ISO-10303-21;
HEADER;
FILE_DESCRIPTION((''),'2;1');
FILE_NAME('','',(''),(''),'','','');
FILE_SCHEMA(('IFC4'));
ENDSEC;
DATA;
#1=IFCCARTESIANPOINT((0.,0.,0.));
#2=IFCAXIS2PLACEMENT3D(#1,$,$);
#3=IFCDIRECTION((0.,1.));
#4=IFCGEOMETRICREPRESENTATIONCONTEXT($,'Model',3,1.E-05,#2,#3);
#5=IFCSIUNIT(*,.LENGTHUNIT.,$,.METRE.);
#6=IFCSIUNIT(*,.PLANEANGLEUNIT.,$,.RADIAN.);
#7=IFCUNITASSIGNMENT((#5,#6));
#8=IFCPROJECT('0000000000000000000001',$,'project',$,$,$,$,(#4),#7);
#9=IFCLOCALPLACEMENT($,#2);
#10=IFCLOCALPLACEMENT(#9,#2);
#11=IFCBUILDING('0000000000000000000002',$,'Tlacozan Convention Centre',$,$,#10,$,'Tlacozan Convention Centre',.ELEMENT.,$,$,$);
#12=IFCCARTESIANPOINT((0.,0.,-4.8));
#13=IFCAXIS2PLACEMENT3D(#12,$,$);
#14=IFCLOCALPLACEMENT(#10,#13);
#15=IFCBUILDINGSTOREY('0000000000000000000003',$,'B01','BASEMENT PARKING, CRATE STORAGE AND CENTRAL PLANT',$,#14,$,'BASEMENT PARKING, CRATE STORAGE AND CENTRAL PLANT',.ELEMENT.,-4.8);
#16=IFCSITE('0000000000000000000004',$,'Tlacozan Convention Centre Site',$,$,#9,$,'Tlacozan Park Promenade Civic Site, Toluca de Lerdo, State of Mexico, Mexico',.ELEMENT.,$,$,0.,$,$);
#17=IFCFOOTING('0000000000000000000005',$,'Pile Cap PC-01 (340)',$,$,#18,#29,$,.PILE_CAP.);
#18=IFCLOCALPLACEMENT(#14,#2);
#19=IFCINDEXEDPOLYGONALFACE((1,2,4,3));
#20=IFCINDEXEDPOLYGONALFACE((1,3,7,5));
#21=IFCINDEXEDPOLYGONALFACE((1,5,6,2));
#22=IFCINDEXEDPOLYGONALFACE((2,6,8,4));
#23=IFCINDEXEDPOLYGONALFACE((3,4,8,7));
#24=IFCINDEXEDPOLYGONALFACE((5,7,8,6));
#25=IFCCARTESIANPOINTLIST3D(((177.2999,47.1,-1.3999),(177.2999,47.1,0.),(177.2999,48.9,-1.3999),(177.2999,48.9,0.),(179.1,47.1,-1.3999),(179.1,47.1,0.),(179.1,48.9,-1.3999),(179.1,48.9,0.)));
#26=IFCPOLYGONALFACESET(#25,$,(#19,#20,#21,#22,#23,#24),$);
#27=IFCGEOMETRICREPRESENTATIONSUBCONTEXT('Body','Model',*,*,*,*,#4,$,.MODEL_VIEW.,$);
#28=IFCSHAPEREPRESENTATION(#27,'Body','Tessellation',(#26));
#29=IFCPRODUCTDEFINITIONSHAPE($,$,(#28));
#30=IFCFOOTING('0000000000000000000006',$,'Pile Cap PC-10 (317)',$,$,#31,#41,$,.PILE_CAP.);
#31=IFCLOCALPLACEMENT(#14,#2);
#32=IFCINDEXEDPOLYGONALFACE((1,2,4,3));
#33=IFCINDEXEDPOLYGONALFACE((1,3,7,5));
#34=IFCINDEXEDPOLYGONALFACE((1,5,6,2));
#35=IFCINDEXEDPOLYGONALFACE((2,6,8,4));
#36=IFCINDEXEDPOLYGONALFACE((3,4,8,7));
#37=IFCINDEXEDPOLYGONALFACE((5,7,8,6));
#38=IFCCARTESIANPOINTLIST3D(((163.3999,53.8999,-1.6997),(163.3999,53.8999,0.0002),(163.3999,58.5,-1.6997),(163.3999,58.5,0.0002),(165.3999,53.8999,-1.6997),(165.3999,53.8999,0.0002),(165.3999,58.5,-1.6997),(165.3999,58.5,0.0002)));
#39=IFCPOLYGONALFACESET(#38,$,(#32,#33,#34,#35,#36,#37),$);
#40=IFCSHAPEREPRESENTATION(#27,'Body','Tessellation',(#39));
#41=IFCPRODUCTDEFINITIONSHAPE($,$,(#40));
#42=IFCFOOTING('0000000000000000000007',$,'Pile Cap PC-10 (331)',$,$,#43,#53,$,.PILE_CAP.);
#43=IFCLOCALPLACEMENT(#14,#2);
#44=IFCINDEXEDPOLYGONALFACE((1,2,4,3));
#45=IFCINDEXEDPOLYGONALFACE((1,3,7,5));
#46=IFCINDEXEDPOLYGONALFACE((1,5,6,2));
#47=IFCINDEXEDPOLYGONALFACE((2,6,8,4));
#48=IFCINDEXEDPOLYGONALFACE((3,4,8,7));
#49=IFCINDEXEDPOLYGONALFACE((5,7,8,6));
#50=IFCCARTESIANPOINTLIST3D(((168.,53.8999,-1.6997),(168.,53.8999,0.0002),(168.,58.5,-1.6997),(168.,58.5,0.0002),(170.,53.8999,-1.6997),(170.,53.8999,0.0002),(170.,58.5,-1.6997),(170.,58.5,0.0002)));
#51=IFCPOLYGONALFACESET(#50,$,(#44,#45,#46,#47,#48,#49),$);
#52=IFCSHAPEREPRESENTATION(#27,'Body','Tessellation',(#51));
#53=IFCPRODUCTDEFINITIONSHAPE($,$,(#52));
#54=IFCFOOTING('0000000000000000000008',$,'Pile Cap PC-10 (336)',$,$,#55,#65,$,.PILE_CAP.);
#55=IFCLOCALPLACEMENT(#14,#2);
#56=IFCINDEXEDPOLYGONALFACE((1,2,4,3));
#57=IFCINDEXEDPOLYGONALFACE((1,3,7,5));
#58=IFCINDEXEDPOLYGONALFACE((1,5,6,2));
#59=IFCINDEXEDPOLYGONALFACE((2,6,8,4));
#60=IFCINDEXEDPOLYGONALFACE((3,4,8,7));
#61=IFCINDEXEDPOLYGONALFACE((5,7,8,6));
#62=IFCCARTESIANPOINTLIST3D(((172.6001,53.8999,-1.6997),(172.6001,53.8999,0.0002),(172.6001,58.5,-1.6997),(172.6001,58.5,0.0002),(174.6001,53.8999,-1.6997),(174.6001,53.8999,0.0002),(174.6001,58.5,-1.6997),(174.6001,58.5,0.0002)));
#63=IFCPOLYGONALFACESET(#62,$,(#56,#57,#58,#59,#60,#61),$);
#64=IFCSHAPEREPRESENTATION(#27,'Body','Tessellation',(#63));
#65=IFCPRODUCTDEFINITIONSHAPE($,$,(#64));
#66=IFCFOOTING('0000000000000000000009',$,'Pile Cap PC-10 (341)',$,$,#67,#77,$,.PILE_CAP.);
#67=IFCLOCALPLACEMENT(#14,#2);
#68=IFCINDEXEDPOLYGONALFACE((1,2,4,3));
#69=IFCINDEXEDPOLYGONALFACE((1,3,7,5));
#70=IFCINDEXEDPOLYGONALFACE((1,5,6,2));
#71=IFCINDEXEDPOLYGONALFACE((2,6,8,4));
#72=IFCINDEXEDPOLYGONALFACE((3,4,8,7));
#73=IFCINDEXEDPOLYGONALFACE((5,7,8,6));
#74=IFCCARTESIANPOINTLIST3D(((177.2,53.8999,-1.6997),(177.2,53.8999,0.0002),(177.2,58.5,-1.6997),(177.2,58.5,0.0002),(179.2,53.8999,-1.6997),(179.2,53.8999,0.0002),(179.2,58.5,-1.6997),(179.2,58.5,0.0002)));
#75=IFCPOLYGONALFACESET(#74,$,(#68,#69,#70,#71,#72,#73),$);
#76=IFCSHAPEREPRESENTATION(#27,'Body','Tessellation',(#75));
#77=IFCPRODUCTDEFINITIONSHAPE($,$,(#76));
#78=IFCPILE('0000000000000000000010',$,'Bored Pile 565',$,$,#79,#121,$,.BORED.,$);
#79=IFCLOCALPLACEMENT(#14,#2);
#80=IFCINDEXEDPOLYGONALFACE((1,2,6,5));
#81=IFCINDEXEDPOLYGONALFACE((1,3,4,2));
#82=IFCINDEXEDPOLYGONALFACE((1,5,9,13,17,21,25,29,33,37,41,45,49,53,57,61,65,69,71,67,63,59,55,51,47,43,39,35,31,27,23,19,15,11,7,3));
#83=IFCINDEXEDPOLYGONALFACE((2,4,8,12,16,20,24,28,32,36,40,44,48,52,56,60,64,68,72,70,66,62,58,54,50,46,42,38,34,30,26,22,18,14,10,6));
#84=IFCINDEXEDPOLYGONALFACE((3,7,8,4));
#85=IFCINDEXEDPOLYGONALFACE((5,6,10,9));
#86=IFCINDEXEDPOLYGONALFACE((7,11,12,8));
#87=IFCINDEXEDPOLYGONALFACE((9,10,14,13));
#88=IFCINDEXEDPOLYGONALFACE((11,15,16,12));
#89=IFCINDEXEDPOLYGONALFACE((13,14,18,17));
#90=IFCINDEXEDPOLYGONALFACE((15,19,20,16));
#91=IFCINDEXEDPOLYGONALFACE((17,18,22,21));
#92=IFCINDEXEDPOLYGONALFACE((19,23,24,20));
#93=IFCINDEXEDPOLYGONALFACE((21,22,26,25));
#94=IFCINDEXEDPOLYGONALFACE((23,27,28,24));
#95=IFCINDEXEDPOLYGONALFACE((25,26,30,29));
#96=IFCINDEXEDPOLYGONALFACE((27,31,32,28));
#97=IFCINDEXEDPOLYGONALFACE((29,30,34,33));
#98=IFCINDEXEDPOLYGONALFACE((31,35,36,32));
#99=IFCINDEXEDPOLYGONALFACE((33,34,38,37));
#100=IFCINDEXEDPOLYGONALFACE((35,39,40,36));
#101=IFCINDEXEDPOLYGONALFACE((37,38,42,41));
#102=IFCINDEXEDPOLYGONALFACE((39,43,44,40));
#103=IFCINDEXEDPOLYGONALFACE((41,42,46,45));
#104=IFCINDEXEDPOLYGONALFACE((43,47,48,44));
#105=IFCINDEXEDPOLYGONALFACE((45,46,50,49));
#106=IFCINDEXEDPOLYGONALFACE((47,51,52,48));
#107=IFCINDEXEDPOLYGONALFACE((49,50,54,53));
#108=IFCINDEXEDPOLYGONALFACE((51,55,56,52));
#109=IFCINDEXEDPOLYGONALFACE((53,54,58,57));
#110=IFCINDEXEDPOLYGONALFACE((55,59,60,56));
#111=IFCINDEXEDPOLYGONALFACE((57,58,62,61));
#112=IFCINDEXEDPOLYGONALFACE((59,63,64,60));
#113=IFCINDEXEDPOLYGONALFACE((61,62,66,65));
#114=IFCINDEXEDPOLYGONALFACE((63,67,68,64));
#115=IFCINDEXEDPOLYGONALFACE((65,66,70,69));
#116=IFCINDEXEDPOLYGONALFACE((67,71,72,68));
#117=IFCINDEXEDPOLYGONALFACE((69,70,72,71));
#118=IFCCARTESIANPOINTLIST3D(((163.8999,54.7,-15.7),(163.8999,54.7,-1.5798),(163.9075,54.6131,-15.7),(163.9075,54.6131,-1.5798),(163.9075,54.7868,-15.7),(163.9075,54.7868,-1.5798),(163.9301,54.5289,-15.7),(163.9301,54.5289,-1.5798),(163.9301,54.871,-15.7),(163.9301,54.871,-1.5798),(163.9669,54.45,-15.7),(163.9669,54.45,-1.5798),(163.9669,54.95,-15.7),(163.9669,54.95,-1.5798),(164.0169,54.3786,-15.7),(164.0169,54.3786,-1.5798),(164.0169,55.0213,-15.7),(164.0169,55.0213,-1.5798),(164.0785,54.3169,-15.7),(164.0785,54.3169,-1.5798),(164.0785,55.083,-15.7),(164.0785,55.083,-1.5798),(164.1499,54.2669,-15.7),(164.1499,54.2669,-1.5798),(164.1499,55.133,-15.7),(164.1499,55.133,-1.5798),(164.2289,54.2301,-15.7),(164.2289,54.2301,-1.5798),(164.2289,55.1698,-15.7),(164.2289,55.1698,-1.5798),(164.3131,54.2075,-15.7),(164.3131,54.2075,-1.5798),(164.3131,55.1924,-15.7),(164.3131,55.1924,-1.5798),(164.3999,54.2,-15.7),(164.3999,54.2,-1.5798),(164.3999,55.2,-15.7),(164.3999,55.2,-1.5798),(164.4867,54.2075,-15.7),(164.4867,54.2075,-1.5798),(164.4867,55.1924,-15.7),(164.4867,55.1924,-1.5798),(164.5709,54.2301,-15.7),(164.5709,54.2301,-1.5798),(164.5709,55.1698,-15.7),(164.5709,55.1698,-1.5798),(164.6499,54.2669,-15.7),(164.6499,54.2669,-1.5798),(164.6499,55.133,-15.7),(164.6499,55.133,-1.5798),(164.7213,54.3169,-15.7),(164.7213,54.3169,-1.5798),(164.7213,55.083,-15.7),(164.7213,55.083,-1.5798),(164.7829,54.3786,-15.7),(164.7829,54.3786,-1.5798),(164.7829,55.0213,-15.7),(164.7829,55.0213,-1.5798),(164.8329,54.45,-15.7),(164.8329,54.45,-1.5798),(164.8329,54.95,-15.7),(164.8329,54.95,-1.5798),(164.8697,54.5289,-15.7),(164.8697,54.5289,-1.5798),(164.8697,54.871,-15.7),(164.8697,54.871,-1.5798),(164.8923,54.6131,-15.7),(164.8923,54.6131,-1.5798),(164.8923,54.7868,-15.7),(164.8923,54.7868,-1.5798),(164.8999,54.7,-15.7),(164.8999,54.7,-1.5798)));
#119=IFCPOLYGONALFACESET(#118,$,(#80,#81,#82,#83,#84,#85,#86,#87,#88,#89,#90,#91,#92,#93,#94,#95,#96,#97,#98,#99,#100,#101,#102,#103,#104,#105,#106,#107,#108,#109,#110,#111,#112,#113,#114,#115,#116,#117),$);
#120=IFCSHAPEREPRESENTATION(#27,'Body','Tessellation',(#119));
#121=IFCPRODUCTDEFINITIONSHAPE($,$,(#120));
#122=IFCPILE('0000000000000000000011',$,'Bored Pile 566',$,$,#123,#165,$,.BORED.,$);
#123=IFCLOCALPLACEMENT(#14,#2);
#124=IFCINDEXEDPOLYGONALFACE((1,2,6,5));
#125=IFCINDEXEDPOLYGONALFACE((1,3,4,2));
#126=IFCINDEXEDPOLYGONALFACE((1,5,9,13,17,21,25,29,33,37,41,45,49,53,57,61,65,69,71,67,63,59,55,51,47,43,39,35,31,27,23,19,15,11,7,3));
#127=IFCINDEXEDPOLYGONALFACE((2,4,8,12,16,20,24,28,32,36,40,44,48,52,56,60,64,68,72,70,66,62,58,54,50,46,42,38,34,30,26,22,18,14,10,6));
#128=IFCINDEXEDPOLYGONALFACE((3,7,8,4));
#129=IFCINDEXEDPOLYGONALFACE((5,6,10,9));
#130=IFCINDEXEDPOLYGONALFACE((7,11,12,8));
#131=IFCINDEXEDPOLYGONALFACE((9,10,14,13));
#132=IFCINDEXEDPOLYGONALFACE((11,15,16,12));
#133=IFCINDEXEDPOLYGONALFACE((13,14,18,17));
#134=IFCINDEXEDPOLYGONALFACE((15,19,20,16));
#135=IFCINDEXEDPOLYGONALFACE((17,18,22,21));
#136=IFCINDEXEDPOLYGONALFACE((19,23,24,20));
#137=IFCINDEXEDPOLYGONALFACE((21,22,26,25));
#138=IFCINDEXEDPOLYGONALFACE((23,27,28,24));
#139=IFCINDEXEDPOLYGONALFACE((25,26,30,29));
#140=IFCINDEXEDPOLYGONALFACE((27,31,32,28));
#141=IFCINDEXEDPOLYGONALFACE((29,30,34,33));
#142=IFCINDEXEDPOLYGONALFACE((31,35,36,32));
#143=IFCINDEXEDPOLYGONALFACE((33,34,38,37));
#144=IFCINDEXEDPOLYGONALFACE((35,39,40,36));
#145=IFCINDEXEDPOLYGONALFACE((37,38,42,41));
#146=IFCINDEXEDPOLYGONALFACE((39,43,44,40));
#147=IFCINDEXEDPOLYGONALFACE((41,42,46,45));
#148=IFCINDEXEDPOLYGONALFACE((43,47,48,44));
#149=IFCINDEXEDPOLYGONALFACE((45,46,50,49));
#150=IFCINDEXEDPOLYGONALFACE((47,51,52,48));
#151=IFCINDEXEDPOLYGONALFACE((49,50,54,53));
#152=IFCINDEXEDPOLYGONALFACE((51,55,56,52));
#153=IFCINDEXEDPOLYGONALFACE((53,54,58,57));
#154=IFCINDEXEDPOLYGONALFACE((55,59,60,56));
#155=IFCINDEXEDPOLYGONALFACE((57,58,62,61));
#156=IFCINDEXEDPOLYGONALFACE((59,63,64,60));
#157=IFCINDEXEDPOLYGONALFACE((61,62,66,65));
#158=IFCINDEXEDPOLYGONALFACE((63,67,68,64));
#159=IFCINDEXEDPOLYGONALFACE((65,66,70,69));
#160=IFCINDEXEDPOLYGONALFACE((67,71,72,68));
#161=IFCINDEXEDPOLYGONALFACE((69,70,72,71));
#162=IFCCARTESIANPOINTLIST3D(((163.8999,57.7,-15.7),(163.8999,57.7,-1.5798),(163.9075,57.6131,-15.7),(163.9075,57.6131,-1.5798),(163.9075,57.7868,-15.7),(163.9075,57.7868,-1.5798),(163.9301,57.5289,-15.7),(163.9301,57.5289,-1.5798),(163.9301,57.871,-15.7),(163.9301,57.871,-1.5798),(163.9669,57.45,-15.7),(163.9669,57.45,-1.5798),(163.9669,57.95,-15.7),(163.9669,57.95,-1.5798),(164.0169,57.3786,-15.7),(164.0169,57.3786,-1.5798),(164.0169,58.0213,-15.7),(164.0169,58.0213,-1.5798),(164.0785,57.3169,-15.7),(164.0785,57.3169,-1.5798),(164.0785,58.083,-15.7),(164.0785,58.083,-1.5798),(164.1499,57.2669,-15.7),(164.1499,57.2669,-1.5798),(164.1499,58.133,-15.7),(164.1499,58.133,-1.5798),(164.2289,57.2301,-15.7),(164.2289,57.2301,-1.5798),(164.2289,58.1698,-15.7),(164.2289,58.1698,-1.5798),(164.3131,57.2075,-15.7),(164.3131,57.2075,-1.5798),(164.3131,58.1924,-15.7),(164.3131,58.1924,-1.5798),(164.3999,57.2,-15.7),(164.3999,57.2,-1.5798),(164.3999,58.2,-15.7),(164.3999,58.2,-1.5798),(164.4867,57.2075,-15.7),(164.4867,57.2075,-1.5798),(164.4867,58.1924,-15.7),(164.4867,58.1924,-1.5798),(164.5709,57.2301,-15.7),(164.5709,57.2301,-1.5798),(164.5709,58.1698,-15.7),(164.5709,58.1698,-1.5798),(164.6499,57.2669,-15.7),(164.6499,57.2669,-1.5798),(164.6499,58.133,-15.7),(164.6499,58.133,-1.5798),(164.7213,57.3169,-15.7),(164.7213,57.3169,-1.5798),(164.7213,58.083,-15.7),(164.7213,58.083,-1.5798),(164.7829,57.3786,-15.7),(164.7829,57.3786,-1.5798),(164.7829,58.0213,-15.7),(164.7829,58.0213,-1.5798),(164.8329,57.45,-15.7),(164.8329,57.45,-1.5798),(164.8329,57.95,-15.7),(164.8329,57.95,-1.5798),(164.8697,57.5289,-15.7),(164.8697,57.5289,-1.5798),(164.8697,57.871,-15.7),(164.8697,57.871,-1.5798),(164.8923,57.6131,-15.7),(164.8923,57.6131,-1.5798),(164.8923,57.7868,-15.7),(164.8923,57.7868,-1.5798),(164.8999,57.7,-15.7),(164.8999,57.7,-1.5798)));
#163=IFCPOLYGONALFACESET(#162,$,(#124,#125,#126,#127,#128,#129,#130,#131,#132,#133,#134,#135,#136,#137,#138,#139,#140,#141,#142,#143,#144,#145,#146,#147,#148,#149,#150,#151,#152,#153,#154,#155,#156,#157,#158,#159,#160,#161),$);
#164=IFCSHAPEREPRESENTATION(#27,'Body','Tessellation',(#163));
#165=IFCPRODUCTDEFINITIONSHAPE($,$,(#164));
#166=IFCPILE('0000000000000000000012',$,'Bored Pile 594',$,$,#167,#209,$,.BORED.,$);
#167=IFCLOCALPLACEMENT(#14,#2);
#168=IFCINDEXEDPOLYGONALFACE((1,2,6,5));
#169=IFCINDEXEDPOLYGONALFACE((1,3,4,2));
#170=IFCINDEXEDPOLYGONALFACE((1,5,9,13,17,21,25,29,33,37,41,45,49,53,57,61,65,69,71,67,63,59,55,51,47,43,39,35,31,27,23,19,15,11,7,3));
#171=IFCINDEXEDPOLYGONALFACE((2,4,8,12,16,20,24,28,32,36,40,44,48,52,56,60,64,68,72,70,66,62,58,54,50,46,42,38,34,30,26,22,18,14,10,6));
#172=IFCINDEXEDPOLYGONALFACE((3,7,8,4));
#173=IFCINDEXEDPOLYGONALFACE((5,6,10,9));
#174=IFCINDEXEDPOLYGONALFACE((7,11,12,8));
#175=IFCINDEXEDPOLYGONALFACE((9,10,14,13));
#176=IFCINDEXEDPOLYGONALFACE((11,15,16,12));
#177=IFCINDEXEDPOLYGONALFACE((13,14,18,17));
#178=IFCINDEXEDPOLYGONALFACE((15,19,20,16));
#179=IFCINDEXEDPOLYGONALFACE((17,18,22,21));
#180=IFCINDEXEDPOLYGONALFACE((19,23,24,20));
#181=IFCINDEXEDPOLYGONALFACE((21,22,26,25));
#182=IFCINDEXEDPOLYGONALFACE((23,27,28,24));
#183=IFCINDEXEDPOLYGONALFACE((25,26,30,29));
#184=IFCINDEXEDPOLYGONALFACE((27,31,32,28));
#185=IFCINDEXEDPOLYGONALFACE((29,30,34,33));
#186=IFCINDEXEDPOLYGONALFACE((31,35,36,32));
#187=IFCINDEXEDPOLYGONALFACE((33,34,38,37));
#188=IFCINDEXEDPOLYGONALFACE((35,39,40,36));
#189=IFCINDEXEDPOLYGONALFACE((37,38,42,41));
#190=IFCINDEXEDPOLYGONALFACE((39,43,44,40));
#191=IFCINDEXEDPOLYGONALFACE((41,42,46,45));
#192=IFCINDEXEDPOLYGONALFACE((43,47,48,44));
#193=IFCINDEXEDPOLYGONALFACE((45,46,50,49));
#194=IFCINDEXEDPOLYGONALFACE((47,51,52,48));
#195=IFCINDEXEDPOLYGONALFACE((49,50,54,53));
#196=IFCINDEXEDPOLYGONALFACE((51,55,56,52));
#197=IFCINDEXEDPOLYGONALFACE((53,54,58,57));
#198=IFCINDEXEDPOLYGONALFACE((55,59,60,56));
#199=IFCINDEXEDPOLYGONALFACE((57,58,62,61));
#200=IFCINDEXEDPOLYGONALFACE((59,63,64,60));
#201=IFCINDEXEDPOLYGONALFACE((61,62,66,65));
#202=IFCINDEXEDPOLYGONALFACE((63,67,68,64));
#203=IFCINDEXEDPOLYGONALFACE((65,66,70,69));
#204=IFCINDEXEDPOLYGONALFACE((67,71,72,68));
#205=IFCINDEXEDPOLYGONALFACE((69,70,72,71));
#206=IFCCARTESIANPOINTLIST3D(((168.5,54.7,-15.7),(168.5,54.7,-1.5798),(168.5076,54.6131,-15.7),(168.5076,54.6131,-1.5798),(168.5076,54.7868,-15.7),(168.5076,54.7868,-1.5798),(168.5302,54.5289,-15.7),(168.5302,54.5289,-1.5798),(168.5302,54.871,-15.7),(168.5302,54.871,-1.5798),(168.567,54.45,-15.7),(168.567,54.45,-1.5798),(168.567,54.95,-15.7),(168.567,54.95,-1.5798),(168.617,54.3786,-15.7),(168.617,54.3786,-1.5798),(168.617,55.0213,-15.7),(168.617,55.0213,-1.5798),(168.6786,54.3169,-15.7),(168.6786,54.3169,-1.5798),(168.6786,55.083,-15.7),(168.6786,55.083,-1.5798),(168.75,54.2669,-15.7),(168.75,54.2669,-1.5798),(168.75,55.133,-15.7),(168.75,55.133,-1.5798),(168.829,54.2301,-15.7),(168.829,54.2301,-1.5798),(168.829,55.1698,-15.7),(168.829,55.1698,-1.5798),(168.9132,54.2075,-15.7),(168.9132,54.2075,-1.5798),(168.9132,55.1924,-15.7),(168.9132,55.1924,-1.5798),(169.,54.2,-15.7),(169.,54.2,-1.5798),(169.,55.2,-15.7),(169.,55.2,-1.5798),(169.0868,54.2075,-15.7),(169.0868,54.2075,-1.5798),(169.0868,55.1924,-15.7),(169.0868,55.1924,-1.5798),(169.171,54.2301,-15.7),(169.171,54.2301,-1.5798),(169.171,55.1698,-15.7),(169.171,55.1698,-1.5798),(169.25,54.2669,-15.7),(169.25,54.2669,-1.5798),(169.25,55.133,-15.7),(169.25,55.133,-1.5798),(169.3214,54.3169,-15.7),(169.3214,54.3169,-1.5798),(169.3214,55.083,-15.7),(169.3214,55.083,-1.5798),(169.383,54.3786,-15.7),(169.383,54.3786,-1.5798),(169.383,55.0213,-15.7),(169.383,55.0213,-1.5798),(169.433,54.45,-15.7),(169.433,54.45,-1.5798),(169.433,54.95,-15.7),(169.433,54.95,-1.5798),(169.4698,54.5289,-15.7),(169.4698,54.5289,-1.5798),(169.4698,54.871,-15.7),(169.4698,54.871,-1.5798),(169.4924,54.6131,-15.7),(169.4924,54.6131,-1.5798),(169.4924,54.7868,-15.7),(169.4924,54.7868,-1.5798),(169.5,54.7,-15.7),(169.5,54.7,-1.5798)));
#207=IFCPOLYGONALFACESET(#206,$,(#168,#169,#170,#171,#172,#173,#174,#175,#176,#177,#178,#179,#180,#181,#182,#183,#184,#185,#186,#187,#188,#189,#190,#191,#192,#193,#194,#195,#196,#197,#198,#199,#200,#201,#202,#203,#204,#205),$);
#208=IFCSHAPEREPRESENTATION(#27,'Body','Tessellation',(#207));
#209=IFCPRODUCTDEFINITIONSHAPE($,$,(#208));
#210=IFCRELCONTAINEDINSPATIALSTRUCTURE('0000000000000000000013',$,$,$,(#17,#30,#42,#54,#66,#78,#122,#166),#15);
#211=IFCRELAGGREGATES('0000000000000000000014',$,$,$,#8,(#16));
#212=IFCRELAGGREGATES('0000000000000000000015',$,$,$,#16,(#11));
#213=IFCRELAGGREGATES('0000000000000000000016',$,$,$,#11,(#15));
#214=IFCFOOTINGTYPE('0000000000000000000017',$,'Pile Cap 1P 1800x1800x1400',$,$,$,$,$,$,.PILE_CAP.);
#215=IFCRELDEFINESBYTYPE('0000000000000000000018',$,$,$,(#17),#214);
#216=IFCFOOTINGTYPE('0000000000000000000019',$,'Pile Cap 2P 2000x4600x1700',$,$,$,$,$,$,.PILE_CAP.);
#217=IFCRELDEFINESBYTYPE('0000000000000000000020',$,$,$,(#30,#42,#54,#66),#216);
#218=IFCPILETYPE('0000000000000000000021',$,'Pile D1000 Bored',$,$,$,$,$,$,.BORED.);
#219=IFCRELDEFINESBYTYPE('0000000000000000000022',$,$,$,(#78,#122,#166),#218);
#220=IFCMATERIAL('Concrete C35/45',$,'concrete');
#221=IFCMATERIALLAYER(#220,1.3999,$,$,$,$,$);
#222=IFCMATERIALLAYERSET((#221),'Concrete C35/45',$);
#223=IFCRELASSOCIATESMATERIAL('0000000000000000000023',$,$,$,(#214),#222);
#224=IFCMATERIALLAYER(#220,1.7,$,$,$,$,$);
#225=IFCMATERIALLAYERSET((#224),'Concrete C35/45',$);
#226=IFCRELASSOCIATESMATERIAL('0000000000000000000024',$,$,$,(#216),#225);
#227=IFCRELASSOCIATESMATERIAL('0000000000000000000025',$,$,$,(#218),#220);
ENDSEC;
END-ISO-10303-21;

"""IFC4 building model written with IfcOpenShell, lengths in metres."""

from ifc_helpers import new_model, si_unit, direction, frame, origin, origin_2d, place, context, subcontext, project, spatial, rectangle, circle, extrude, material, layer, layer_set, material_profile, profile_set, type_object, element, save


model = new_model("IFC4")

# Units and contexts
model_context = context("Model", 3, precision=1e-05, world=origin(), true_north=direction((0.0, 1.0)))
body_context = subcontext(model_context, "Body", "Model", "MODEL_VIEW")
ifc_project = project(units=[si_unit("LENGTHUNIT", "METRE"), si_unit("PLANEANGLEUNIT", "RADIAN")], contexts=[model_context])

# Site, building, storey
site_placement = place(None, origin())
site = spatial("IfcSite", under=ifc_project, at=site_placement, Name="Tlacozan Convention Centre Site", LongName="Tlacozan Park Promenade Civic Site, Toluca de Lerdo, State of Mexico, Mexico", CompositionType="ELEMENT", RefElevation=0.0)
building_placement = place(site_placement, origin())
building = spatial("IfcBuilding", under=site, at=building_placement, Name="Tlacozan Convention Centre", LongName="Tlacozan Convention Centre", CompositionType="ELEMENT")
storey_placement = place(building_placement, frame((0.0, 0.0, -4.8)))
storey = spatial("IfcBuildingStorey", under=building, at=storey_placement, Name="B01", Description="BASEMENT PARKING, CRATE STORAGE AND CENTRAL PLANT", LongName="BASEMENT PARKING, CRATE STORAGE AND CENTRAL PLANT", CompositionType="ELEMENT", Elevation=-4.8)

# Footings
ifc_material_1 = material(Name="Concrete C35/45", Category="concrete")
ifc_layer_1 = layer(ifc_material_1, 1.3999)
ifc_layer_set_1 = layer_set([ifc_layer_1], Name="Concrete C35/45")
footing_type_1 = type_object("IfcFootingType", Name="Pile Cap 1P 1800x1800x1400", PredefinedType="PILE_CAP", material=ifc_layer_set_1)
footing_placement = place(storey_placement, frame((178.2, 48.0, -1.3999), z_axis=(0.0, 0.0, 1.0), x_axis=(1.0, 0.0, 0.0)))
element("IfcFooting", 1, at=footing_placement, inside=storey, type_object=footing_type_1, Name="Pile Cap PC-01 (340)", PredefinedType="PILE_CAP", context=body_context, shape_type="SweptSolid", body=[
    extrude(rectangle(XDim=1.8, YDim=1.8, at=origin_2d()), origin(), (0.0, 0.0, 1.0), 1.3999),
])
ifc_layer_2 = layer(ifc_material_1, 1.7)
ifc_layer_set_2 = layer_set([ifc_layer_2], Name="Concrete C35/45")
footing_type_2 = type_object("IfcFootingType", Name="Pile Cap 2P 2000x4600x1700", PredefinedType="PILE_CAP", material=ifc_layer_set_2)
for number, where, z_axis, x_axis, name in (
    (2, (164.3999, 56.2, -1.6997), (0.0, 0.0, 1.0), (1.0, 0.0, 0.0), "Pile Cap PC-10 (317)"),
    (3, (169.0, 56.2, -1.6997), (0.0, 0.0, 1.0), (1.0, 0.0, 0.0), "Pile Cap PC-10 (331)"),
    (4, (173.6001, 56.2, -1.6997), (0.0, 0.0, 1.0), (1.0, 0.0, 0.0), "Pile Cap PC-10 (336)"),
    (5, (178.2, 56.2, -1.6997), (0.0, 0.0, 1.0), (1.0, 0.0, 0.0), "Pile Cap PC-10 (341)"),
):
    element("IfcFooting", number, at=place(storey_placement, frame(where, z_axis=z_axis, x_axis=x_axis)), inside=storey, type_object=footing_type_2, Name=name, PredefinedType="PILE_CAP", context=body_context, shape_type="SweptSolid", body=[
        extrude(rectangle(XDim=2.0, YDim=4.6001, at=origin_2d()), origin(), (0.0, 0.0, 1.0), 1.7),
    ])

# Piles
ifc_material_profile_1 = material_profile(ifc_material_1, circle(Radius=0.5, at=origin_2d()), Name="PILE D1000")
ifc_profile_set_1 = profile_set([ifc_material_profile_1], Name="Concrete C35/45")
pile_type_1 = type_object("IfcPileType", Name="Pile D1000 Bored", PredefinedType="BORED", material=ifc_profile_set_1)
for number, where, z_axis, x_axis, name in (
    (6, (164.3999, 54.7, -1.5798), (0.0, 0.0, -1.0), (1.0, 0.0, 0.0), "Bored Pile 565"),
    (7, (164.3999, 57.7, -1.5798), (0.0, 0.0, -1.0), (1.0, 0.0, 0.0), "Bored Pile 566"),
    (8, (169.0, 54.7, -1.5798), (0.0, 0.0, -1.0), (1.0, 0.0, 0.0), "Bored Pile 594"),
):
    element("IfcPile", number, at=place(storey_placement, frame(where, z_axis=z_axis, x_axis=x_axis)), inside=storey, type_object=pile_type_1, Name=name, PredefinedType="BORED", context=body_context, shape_type="SweptSolid", body=[
        extrude(circle(Radius=0.5, at=origin_2d()), origin(), (0.0, 0.0, 1.0), 14.1201),
    ])

save(model, "model.ifc")
